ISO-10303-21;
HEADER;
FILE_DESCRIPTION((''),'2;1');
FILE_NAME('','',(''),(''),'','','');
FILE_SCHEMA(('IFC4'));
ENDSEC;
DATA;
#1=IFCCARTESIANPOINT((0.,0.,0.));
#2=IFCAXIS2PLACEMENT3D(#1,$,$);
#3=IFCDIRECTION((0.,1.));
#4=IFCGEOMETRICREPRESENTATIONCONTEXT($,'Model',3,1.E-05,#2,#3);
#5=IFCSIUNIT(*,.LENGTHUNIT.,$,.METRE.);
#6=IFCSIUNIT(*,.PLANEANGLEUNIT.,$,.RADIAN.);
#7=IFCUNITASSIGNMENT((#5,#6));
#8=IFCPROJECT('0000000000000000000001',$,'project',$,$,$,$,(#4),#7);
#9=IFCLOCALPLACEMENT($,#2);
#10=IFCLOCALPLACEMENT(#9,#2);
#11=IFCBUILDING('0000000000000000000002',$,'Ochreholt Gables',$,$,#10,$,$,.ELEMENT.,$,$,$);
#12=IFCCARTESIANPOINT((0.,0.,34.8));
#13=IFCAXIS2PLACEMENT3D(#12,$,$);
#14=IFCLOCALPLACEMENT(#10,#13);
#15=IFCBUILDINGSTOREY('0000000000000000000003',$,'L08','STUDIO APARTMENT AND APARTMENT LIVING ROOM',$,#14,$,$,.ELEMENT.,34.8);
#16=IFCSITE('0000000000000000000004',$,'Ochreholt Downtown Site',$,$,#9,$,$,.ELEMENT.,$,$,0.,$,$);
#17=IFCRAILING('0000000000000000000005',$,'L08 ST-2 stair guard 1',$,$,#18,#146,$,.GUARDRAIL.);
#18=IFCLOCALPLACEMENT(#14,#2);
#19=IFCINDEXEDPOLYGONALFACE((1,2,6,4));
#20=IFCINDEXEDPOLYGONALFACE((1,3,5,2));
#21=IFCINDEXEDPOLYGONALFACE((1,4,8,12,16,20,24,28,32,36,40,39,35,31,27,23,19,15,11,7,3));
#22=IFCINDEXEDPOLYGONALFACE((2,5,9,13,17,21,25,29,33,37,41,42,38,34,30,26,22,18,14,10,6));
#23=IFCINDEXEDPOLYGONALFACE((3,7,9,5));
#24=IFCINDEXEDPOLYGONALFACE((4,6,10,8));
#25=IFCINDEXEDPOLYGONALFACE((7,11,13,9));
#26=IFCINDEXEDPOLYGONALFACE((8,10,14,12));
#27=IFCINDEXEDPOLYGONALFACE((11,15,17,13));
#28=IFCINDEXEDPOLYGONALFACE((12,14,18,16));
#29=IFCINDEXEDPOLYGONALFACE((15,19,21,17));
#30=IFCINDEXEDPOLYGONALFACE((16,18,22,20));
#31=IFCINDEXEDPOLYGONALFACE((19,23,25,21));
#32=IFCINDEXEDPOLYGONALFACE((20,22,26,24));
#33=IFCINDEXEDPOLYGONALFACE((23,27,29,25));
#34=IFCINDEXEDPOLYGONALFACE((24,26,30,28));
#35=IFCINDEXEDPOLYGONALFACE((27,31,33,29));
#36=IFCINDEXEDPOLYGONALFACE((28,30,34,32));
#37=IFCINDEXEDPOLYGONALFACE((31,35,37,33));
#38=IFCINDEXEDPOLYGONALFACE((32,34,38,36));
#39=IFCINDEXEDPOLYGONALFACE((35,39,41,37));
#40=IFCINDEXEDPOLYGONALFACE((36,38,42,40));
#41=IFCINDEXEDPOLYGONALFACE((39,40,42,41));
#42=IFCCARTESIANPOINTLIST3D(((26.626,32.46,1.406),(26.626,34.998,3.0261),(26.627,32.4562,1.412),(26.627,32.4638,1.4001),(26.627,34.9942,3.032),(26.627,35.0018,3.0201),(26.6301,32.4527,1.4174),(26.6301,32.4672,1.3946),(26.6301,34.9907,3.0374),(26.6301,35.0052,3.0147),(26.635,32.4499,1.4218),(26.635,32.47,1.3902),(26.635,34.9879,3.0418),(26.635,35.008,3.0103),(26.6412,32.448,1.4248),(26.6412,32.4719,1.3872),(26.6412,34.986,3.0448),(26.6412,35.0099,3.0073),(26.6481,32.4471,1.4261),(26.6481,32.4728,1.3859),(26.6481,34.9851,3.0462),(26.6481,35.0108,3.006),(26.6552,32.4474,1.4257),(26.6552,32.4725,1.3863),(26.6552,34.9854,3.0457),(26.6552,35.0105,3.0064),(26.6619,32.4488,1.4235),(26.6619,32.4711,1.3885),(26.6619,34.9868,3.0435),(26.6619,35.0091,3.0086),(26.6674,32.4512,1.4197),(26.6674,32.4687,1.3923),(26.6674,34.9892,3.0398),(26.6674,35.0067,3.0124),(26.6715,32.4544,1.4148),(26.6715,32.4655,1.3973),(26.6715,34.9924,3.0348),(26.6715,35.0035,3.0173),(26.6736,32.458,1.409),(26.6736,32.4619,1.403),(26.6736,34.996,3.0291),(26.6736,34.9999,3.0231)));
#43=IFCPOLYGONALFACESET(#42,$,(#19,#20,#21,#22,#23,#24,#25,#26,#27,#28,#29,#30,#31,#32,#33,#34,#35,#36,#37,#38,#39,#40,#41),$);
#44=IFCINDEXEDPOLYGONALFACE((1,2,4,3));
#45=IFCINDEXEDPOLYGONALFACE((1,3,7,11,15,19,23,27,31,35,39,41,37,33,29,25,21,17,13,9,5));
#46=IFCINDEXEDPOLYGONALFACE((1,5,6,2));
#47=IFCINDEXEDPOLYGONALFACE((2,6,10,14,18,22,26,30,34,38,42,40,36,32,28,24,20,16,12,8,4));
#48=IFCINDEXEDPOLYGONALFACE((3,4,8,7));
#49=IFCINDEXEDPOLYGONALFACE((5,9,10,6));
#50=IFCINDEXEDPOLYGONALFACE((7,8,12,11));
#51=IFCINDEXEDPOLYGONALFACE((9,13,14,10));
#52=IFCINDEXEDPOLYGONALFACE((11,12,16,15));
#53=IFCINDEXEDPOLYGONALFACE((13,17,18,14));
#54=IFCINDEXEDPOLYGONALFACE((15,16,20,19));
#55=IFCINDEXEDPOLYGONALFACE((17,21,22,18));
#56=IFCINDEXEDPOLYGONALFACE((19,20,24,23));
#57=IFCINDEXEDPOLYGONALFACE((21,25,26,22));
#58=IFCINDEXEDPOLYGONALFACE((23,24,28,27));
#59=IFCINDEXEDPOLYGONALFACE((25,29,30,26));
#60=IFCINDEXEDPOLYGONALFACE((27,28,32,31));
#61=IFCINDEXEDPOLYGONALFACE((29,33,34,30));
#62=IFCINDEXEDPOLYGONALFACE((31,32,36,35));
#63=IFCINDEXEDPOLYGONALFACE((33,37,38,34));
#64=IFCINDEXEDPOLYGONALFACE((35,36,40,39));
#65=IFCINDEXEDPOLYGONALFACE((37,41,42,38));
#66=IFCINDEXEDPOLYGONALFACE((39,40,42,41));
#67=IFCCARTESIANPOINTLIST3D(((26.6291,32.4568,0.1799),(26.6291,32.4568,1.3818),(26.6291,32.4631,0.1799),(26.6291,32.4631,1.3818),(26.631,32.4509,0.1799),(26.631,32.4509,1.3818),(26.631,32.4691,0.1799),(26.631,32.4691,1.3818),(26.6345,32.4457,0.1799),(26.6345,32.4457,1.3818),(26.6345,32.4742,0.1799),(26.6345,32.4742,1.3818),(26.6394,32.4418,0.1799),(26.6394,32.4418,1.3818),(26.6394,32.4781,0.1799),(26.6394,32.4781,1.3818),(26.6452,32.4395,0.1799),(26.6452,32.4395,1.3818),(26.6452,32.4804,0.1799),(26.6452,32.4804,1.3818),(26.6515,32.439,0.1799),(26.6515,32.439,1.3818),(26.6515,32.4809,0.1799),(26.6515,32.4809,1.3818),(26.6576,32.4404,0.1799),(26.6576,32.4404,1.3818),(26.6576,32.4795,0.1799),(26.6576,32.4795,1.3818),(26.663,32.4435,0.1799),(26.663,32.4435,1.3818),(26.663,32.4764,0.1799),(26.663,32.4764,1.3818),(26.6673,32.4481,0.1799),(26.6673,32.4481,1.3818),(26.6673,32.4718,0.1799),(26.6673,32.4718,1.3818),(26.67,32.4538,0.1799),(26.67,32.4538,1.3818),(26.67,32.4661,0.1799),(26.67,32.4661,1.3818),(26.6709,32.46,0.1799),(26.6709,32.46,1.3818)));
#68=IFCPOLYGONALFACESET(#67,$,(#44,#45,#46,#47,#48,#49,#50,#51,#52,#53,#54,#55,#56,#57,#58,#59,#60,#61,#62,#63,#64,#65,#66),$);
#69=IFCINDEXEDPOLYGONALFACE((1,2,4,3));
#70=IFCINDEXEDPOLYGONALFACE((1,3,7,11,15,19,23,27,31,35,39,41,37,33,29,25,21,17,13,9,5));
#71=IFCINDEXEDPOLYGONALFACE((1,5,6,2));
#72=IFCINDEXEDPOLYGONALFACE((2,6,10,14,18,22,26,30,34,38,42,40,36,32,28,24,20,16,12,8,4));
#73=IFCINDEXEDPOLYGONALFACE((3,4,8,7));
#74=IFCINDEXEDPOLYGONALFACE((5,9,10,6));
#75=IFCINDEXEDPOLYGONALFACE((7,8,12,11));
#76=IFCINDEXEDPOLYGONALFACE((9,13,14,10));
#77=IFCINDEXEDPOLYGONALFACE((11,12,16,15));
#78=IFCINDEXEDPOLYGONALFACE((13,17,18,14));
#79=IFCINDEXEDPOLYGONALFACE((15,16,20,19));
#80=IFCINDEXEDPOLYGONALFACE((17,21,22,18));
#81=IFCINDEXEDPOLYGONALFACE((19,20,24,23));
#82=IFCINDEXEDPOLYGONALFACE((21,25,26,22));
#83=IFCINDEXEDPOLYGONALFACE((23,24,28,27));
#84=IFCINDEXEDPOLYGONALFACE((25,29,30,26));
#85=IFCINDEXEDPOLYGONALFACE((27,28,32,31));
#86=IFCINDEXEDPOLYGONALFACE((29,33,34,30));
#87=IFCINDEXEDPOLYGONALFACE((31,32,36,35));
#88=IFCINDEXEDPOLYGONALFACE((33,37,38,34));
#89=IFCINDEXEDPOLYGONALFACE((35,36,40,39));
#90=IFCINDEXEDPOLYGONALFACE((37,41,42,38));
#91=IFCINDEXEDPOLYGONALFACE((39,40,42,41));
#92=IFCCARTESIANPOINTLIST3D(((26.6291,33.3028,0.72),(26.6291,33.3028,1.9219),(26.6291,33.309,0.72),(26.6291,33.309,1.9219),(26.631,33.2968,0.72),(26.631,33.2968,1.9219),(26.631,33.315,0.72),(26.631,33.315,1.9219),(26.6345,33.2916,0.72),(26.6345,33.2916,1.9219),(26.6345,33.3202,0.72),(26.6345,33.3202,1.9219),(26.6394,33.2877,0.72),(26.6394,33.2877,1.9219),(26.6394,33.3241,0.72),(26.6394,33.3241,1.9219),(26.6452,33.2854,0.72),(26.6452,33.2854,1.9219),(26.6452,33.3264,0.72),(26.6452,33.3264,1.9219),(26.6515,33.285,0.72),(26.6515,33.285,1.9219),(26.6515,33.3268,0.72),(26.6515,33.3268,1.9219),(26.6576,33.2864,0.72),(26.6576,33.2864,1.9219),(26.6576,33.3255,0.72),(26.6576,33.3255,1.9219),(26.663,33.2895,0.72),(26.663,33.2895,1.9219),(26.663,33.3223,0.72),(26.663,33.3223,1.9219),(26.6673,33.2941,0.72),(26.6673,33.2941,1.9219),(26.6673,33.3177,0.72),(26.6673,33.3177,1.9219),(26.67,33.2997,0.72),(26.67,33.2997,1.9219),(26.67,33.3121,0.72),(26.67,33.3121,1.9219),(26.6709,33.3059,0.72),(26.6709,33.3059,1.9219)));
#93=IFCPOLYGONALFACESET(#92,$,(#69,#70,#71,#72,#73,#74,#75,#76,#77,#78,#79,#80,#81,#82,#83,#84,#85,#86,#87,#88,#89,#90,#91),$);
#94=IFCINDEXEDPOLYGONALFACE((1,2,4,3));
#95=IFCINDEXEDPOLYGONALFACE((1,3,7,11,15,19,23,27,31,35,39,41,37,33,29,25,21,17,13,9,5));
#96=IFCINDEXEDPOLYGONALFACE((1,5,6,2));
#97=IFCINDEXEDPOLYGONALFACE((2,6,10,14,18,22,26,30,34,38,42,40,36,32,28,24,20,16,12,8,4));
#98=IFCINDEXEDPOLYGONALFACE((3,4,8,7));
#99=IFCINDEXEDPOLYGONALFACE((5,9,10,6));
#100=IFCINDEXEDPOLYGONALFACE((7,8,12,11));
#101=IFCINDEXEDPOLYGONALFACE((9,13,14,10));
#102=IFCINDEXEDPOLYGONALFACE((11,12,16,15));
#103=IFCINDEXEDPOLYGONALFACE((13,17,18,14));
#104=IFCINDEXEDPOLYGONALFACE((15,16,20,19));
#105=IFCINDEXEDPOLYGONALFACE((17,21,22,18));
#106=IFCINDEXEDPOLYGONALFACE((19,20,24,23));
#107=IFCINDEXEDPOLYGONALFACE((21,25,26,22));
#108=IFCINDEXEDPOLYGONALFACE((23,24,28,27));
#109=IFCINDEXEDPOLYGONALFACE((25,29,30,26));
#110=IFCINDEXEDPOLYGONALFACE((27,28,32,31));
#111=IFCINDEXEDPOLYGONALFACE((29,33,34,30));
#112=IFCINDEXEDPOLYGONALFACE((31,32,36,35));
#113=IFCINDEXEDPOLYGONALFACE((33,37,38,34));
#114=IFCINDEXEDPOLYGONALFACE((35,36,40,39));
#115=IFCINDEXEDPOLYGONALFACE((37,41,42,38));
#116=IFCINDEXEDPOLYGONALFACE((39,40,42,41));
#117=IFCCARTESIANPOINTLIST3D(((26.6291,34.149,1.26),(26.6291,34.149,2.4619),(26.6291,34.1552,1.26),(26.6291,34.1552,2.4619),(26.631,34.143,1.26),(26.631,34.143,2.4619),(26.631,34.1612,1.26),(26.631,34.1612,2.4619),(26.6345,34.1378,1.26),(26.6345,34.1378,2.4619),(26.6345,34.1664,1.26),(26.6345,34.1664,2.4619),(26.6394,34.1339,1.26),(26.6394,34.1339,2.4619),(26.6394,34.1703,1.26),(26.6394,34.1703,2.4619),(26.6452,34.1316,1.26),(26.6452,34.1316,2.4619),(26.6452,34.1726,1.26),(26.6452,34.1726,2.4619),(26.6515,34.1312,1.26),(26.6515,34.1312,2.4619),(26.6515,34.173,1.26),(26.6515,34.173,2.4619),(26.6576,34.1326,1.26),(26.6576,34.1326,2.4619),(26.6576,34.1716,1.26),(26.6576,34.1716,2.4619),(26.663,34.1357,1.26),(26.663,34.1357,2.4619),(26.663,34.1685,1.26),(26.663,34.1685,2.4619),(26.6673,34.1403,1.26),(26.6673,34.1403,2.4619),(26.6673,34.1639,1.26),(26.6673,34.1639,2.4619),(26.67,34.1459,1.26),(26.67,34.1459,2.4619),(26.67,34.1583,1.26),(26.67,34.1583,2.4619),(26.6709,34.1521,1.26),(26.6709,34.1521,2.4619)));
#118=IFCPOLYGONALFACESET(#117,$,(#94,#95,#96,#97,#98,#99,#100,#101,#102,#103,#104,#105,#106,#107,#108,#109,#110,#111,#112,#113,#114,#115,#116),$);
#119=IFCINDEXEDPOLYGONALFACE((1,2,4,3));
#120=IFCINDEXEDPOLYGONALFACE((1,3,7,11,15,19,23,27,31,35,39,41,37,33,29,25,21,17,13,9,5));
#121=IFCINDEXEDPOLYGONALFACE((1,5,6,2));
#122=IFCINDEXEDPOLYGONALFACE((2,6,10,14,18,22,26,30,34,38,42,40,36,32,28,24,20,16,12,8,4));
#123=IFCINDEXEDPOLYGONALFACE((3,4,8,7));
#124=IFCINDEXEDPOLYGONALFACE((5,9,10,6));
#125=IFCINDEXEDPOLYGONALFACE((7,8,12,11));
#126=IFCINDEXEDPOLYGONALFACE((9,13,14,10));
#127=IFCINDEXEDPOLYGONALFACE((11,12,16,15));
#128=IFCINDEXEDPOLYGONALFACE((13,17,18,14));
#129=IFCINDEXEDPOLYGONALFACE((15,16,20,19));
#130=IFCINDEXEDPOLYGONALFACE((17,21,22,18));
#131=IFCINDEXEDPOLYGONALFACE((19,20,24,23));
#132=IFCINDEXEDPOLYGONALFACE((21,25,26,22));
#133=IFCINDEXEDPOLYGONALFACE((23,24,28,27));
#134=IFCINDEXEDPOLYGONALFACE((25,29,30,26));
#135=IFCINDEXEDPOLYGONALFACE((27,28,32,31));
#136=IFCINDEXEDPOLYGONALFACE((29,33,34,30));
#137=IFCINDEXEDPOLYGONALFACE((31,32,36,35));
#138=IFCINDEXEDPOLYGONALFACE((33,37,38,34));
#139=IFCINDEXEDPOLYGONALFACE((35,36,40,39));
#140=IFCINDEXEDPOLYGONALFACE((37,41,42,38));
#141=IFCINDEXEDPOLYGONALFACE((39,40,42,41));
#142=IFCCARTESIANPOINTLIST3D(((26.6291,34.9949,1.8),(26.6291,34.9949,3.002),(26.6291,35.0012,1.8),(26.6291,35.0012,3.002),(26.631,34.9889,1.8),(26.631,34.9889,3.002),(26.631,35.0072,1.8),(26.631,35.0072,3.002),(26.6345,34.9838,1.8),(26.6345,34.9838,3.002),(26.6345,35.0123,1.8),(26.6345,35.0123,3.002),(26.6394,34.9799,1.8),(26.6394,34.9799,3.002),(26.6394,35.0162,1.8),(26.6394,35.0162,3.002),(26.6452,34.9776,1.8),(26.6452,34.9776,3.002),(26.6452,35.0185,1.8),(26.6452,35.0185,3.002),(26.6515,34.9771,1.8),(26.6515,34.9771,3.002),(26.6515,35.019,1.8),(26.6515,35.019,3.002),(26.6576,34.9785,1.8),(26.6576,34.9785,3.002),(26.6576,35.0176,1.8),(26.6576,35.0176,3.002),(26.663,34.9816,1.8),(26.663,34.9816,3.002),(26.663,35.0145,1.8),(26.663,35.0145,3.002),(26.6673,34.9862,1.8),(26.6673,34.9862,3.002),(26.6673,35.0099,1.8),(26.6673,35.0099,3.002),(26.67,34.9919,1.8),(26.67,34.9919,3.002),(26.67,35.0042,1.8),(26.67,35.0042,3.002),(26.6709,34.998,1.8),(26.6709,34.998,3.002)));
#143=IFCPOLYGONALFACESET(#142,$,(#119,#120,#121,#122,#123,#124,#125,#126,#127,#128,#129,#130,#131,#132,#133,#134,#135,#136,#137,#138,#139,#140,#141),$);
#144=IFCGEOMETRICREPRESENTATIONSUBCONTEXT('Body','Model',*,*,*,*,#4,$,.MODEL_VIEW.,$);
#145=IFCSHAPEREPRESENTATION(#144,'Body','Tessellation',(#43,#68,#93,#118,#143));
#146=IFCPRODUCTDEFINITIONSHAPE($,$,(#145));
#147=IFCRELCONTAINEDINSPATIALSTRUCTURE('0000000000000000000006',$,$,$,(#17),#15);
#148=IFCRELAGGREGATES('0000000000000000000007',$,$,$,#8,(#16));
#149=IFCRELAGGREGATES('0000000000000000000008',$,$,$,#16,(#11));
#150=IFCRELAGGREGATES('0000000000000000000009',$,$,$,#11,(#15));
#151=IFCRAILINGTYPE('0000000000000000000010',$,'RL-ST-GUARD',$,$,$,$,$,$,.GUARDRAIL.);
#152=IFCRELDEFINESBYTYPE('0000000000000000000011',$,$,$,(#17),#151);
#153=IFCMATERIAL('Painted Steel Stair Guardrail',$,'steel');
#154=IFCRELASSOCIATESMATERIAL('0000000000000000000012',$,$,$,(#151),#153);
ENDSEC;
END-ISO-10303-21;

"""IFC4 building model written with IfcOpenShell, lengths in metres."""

from ifc_helpers import new_model, si_unit, direction, frame, origin, origin_2d, place, context, subcontext, project, spatial, circle, extrude, material, type_object, element, save


model = new_model("IFC4")

# Units and contexts
model_context = context("Model", 3, precision=1e-05, world=origin(), true_north=direction((0.0, 1.0)))
body_context = subcontext(model_context, "Body", "Model", "MODEL_VIEW")
ifc_project = project(units=[si_unit("LENGTHUNIT", "METRE"), si_unit("PLANEANGLEUNIT", "RADIAN")], contexts=[model_context])

# Site, building, storey
site_placement = place(None, origin())
site = spatial("IfcSite", under=ifc_project, at=site_placement, Name="Ochreholt Downtown Site", CompositionType="ELEMENT", RefElevation=0.0)
building_placement = place(site_placement, origin())
building = spatial("IfcBuilding", under=site, at=building_placement, Name="Ochreholt Gables", CompositionType="ELEMENT")
storey_placement = place(building_placement, frame((0.0, 0.0, 34.8)))
storey = spatial("IfcBuildingStorey", under=building, at=storey_placement, Name="L08", Description="STUDIO APARTMENT AND APARTMENT LIVING ROOM", CompositionType="ELEMENT", Elevation=34.8)

# Railing
ifc_material_1 = material(Name="Painted Steel Stair Guardrail", Category="steel")
railing_type_1 = type_object("IfcRailingType", Name="RL-ST-GUARD", PredefinedType="GUARDRAIL", material=ifc_material_1)
railing_1_placement = place(storey_placement, frame((26.6499, 32.46, 0.1799)))
element("IfcRailing", 1, at=railing_1_placement, inside=storey, type_object=railing_type_1, Name="L08 ST-2 stair guard 1", PredefinedType="GUARDRAIL", context=body_context, shape_type="SweptSolid", body=[
    extrude(circle(Radius=0.0239, at=origin_2d()), frame((0.0, 0.0, 1.2261), z_axis=(0.0, 0.842913, 0.53805), x_axis=(-1.0, 0.0, 0.0)), (0.0, 0.0, 1.0), 3.011),
    extrude(circle(Radius=0.021, at=origin_2d()), origin(), (0.0, 0.0, 1.0), 1.2019),
    extrude(circle(Radius=0.021, at=origin_2d()), frame((0.0, 0.8459, 0.54)), (0.0, 0.0, 1.0), 1.2019),
    extrude(circle(Radius=0.021, at=origin_2d()), frame((0.0, 1.6921, 1.0801)), (0.0, 0.0, 1.0), 1.2019),
    extrude(circle(Radius=0.021, at=origin_2d()), frame((0.0, 2.5381, 1.6201)), (0.0, 0.0, 1.0), 1.2019),
])

save(model, "model.ifc")
